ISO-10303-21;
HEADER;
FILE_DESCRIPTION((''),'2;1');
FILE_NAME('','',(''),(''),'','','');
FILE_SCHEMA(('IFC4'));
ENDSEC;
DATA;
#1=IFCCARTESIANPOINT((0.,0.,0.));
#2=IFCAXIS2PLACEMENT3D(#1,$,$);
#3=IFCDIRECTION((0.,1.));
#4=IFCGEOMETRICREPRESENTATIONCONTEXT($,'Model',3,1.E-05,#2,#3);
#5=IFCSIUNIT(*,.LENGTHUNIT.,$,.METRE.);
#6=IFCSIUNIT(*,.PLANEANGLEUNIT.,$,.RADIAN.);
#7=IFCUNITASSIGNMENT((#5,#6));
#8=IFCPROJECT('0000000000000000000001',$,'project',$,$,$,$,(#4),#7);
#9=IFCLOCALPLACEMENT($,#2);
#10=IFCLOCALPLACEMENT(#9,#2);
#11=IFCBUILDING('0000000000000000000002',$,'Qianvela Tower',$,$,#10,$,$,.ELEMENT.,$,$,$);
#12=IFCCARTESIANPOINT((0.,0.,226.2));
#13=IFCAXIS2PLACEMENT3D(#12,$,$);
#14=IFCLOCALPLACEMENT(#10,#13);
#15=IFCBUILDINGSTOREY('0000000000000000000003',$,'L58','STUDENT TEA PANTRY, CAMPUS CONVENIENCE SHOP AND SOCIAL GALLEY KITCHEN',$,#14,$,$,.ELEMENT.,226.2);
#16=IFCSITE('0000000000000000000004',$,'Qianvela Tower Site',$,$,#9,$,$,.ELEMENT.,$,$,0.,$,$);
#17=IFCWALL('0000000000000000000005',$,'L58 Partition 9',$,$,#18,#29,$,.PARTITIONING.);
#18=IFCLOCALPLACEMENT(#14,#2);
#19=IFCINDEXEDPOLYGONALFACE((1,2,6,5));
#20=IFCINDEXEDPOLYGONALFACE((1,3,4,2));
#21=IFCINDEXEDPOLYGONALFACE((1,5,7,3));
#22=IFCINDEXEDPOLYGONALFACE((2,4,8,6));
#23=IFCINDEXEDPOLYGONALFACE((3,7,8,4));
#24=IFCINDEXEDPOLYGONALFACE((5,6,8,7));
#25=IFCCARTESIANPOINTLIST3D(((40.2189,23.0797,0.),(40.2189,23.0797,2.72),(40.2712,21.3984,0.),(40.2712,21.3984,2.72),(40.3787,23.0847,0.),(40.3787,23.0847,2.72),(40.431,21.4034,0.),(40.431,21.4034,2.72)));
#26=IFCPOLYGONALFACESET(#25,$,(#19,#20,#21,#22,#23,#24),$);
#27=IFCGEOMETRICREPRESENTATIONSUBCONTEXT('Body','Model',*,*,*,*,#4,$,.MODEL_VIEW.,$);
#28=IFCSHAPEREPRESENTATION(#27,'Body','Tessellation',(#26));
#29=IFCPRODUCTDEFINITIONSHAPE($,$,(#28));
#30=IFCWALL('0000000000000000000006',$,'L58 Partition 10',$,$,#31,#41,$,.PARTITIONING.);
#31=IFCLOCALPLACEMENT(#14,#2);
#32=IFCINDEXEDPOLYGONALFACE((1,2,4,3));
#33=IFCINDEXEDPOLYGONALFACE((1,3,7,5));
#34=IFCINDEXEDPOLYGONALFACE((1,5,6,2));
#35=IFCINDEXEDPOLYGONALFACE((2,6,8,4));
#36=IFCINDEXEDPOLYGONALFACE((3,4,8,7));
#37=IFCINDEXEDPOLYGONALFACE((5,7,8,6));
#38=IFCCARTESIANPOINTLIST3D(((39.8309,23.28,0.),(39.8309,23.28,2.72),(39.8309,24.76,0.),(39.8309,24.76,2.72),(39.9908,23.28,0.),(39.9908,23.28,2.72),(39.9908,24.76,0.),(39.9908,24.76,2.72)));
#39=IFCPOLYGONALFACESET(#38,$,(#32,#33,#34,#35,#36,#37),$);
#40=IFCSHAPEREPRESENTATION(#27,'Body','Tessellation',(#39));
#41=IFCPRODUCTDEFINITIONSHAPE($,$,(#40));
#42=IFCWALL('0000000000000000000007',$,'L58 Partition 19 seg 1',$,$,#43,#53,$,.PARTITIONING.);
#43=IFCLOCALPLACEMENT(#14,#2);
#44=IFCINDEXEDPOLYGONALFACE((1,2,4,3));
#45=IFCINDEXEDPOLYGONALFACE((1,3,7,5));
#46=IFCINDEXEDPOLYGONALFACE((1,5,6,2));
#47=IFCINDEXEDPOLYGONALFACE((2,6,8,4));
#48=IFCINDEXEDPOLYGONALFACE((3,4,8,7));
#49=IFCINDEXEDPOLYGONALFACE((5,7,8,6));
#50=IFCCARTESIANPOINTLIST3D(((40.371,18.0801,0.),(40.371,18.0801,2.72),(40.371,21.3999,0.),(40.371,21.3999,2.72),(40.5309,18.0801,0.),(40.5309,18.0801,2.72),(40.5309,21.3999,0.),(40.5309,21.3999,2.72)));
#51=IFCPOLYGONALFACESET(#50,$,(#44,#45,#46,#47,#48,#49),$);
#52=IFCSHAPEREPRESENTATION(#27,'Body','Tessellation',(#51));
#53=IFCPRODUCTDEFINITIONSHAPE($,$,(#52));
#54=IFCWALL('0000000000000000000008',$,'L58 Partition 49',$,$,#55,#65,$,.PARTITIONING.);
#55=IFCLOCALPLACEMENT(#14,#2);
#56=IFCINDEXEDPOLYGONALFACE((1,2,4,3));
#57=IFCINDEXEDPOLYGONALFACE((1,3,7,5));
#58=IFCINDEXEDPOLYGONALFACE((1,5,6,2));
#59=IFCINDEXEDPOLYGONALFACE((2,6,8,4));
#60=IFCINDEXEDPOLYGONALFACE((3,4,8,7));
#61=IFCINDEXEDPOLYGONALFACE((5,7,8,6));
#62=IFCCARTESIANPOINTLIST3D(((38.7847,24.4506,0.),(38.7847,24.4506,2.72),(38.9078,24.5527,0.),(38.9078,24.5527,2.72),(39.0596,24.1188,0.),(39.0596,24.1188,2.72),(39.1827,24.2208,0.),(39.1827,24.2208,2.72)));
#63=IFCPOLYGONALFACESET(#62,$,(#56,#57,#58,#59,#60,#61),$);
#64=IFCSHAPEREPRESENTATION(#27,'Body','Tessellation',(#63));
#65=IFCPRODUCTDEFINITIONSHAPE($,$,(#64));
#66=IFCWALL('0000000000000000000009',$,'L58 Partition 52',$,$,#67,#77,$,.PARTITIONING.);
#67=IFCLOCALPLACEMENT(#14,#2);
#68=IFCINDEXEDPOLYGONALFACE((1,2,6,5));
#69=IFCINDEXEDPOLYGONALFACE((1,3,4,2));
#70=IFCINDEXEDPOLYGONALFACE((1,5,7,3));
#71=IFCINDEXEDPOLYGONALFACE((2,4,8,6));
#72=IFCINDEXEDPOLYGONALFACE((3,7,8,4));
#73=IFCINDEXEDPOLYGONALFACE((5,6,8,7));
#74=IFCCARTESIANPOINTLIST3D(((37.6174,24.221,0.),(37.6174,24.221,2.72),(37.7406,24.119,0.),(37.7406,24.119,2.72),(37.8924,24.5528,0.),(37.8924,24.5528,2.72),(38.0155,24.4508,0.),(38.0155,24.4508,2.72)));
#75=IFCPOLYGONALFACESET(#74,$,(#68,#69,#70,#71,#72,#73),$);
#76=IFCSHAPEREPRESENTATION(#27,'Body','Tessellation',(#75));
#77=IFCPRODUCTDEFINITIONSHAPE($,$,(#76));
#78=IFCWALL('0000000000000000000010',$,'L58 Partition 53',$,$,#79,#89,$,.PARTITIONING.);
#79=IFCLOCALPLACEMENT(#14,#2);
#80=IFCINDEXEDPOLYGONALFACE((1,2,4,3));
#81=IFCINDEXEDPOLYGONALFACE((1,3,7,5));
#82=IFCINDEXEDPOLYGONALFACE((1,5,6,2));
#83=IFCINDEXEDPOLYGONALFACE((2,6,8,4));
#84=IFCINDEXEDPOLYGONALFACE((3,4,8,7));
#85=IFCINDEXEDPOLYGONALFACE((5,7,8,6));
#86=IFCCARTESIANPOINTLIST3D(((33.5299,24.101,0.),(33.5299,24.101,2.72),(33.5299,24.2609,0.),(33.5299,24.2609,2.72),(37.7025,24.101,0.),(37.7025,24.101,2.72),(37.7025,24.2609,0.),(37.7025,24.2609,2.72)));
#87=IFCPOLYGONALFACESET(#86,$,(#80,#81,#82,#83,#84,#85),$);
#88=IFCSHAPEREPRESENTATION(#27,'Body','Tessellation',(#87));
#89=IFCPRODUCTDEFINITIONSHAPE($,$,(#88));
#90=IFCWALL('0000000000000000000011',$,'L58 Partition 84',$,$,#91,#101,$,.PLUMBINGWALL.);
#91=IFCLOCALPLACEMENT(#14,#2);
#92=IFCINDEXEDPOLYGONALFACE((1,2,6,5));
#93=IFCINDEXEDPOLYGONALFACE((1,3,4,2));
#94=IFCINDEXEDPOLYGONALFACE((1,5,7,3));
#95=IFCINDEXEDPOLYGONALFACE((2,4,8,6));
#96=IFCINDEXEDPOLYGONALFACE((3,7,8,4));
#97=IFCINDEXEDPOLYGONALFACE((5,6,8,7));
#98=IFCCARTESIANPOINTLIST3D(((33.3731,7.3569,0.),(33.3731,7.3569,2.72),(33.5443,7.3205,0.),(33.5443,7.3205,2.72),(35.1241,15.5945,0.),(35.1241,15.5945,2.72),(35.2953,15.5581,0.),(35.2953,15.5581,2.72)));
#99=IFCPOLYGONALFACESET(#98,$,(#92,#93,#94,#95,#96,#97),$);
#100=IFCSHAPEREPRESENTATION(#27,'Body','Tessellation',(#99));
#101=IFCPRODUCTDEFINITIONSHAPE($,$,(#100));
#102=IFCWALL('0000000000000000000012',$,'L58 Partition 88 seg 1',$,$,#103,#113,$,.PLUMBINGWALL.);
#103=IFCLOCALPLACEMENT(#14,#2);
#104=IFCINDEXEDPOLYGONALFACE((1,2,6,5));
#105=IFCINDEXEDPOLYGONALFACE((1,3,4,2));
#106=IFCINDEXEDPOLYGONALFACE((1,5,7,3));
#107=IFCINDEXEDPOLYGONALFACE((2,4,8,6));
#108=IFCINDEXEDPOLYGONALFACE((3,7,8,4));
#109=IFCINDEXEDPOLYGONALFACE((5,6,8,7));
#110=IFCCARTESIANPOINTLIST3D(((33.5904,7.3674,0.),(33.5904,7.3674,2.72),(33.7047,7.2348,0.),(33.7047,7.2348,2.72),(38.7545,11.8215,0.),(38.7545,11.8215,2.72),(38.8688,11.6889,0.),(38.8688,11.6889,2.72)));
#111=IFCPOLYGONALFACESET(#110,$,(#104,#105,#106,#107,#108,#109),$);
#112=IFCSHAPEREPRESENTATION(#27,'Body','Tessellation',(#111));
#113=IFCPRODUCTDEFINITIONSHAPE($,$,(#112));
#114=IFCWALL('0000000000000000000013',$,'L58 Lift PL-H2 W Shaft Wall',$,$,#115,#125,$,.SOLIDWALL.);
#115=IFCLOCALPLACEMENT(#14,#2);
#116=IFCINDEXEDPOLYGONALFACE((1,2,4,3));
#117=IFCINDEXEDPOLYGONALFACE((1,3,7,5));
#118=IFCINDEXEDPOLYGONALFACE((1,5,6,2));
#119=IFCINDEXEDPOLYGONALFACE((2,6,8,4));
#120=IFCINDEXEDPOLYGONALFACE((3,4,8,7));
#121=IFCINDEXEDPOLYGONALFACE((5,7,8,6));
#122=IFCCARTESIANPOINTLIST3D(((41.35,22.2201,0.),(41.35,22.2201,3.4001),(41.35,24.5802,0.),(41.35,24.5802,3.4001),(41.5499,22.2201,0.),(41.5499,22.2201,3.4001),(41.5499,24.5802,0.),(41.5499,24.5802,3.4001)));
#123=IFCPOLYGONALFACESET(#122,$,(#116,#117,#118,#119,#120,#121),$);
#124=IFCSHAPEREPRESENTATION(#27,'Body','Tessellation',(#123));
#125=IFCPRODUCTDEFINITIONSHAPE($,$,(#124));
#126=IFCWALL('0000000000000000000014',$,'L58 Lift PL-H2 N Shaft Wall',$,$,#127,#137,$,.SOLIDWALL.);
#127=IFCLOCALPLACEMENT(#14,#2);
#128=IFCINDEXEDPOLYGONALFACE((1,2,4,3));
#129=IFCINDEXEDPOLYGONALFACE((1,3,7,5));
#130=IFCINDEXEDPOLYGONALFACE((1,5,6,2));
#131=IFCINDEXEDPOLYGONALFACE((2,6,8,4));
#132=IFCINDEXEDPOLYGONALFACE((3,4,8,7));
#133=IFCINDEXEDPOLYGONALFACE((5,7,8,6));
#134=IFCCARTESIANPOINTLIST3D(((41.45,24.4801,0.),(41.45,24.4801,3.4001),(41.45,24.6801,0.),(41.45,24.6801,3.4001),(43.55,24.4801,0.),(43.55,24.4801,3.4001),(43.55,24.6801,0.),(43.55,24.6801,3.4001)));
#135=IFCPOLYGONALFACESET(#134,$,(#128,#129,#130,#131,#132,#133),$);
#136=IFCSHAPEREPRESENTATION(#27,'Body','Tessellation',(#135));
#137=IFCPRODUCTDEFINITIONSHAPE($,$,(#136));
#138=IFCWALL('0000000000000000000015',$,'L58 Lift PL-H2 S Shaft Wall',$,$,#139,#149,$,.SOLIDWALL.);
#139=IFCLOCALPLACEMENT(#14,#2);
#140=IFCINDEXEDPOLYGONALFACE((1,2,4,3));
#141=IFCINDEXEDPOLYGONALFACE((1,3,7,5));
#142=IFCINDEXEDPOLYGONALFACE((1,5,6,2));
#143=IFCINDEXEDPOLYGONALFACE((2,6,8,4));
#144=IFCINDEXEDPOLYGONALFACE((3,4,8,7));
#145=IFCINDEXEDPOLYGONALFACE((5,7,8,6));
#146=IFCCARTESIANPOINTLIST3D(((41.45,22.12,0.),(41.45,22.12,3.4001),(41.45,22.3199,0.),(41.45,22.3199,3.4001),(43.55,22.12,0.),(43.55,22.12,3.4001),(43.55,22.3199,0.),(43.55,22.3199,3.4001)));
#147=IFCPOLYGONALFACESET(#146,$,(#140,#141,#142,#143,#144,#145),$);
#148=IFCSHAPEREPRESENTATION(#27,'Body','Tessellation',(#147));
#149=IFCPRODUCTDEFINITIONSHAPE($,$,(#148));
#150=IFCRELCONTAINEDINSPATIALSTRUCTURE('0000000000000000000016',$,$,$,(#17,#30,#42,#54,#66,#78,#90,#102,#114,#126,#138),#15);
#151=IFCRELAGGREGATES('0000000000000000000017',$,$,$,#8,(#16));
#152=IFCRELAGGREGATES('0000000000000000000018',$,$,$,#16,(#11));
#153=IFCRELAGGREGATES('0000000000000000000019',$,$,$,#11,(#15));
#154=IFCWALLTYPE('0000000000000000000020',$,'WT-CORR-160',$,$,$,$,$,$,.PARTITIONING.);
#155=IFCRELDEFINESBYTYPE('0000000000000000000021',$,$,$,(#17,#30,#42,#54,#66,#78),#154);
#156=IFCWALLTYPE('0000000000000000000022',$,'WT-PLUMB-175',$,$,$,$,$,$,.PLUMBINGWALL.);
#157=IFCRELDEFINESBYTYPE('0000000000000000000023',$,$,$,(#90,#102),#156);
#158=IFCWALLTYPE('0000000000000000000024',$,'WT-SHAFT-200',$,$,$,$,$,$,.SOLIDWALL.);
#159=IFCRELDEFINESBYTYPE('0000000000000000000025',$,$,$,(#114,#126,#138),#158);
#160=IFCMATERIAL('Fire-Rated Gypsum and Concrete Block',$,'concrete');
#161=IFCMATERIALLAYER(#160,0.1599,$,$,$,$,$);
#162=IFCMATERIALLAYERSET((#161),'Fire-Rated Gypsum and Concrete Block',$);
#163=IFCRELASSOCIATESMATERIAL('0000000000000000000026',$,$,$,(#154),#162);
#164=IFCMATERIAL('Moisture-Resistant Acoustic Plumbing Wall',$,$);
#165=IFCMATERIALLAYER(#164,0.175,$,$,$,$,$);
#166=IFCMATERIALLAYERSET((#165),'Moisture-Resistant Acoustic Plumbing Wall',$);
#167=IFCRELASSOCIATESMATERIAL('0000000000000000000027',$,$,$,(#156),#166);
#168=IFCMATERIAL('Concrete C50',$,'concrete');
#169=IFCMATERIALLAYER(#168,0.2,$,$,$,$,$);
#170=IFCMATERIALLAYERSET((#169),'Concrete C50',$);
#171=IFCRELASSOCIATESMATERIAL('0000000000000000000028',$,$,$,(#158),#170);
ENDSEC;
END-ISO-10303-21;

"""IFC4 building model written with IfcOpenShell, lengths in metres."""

from ifc_helpers import new_model, si_unit, direction, frame, frame_2d, origin, place, context, subcontext, project, spatial, rectangle, extrude, material, layer, layer_set, type_object, element, save


model = new_model("IFC4")

# Units and contexts
model_context = context("Model", 3, precision=1e-05, world=origin(), true_north=direction((0.0, 1.0)))
body_context = subcontext(model_context, "Body", "Model", "MODEL_VIEW")
ifc_project = project(units=[si_unit("LENGTHUNIT", "METRE"), si_unit("PLANEANGLEUNIT", "RADIAN")], contexts=[model_context])

# Site, building, storey
site_placement = place(None, origin())
site = spatial("IfcSite", under=ifc_project, at=site_placement, Name="Qianvela Tower Site", CompositionType="ELEMENT", RefElevation=0.0)
building_placement = place(site_placement, origin())
building = spatial("IfcBuilding", under=site, at=building_placement, Name="Qianvela Tower", CompositionType="ELEMENT")
storey_placement = place(building_placement, frame((0.0, 0.0, 226.2)))
storey = spatial("IfcBuildingStorey", under=building, at=storey_placement, Name="L58", Description="STUDENT TEA PANTRY, CAMPUS CONVENIENCE SHOP AND SOCIAL GALLEY KITCHEN", CompositionType="ELEMENT", Elevation=226.2)

# Walls
ifc_material_1 = material(Name="Fire-Rated Gypsum and Concrete Block", Category="concrete")
ifc_layer_1 = layer(ifc_material_1, 0.1599)
ifc_layer_set_1 = layer_set([ifc_layer_1], Name="Fire-Rated Gypsum and Concrete Block")
wall_type_1 = type_object("IfcWallType", Name="WT-CORR-160", PredefinedType="PARTITIONING", material=ifc_layer_set_1)
wall_1_placement = place(storey_placement, frame((40.3511, 21.4009, 0.0), z_axis=(0.0, 0.0, 1.0), x_axis=(-0.031058, 0.999518, 0.0)))
element("IfcWall", 1, at=wall_1_placement, inside=storey, type_object=wall_type_1, Name="L58 Partition 9", PredefinedType="PARTITIONING", context=body_context, shape_type="SweptSolid", body=[
    extrude(rectangle(XDim=1.6821, YDim=0.1599, at=frame_2d((0.8411, 0.0))), origin(), (0.0, 0.0, 1.0), 2.72),
])
wall_2_placement = place(storey_placement, frame((39.9109, 23.28, 0.0), z_axis=(0.0, 0.0, 1.0), x_axis=(0.0, 1.0, 0.0)))
element("IfcWall", 2, at=wall_2_placement, inside=storey, type_object=wall_type_1, Name="L58 Partition 10", PredefinedType="PARTITIONING", context=body_context, shape_type="SweptSolid", body=[
    extrude(rectangle(XDim=1.48, YDim=0.1599, at=frame_2d((0.74, 0.0))), origin(), (0.0, 0.0, 1.0), 2.72),
])
wall_3_placement = place(storey_placement, frame((40.4509, 18.0801, 0.0), z_axis=(0.0, 0.0, 1.0), x_axis=(0.0, 1.0, 0.0)))
element("IfcWall", 3, at=wall_3_placement, inside=storey, type_object=wall_type_1, Name="L58 Partition 19 seg 1", PredefinedType="PARTITIONING", context=body_context, shape_type="SweptSolid", body=[
    extrude(rectangle(XDim=3.3198, YDim=0.1599, at=frame_2d((1.6599, 0.0))), origin(), (0.0, 0.0, 1.0), 2.72),
])
for number, where, z_axis, x_axis, name in (
    (4, (39.1211, 24.1699, 0.0), (0.0, 0.0, 1.0), (-0.638008, 0.77003, 0.0), "L58 Partition 49"),
    (5, (37.9539, 24.5017, 0.0), (0.0, 0.0, 1.0), (-0.638008, -0.77003, 0.0), "L58 Partition 52"),
):
    element("IfcWall", number, at=place(storey_placement, frame(where, z_axis=z_axis, x_axis=x_axis)), inside=storey, type_object=wall_type_1, Name=name, PredefinedType="PARTITIONING", context=body_context, shape_type="SweptSolid", body=[
        extrude(rectangle(XDim=0.4309, YDim=0.1599, at=frame_2d((0.2153, 0.0))), origin(), (0.0, 0.0, 1.0), 2.72),
    ])
wall_4_placement = place(storey_placement, frame((37.7026, 24.1809, 0.0), z_axis=(0.0, 0.0, 1.0), x_axis=(-1.0, 0.0, 0.0)))
element("IfcWall", 6, at=wall_4_placement, inside=storey, type_object=wall_type_1, Name="L58 Partition 53", PredefinedType="PARTITIONING", context=body_context, shape_type="SweptSolid", body=[
    extrude(rectangle(XDim=4.1726, YDim=0.1599, at=frame_2d((2.0864, 0.0))), origin(), (0.0, 0.0, 1.0), 2.72),
])
ifc_material_2 = material(Name="Moisture-Resistant Acoustic Plumbing Wall")
ifc_layer_2 = layer(ifc_material_2, 0.175)
ifc_layer_set_2 = layer_set([ifc_layer_2], Name="Moisture-Resistant Acoustic Plumbing Wall")
wall_type_2 = type_object("IfcWallType", Name="WT-PLUMB-175", PredefinedType="PLUMBINGWALL", material=ifc_layer_set_2)
wall_5_placement = place(storey_placement, frame((35.2097, 15.5764, 0.0), z_axis=(0.0, 0.0, 1.0), x_axis=(-0.207915, -0.978147, 0.0)))
element("IfcWall", 7, at=wall_5_placement, inside=storey, type_object=wall_type_2, Name="L58 Partition 84", PredefinedType="PLUMBINGWALL", context=body_context, shape_type="SweptSolid", body=[
    extrude(rectangle(XDim=8.4216, YDim=0.175, at=frame_2d((4.2109, 0.0))), origin(), (0.0, 0.0, 1.0), 2.72),
])
wall_6_placement = place(storey_placement, frame((38.8115, 11.7551, 0.0), z_axis=(0.0, 0.0, 1.0), x_axis=(-0.757241, -0.653135, 0.0)))
element("IfcWall", 8, at=wall_6_placement, inside=storey, type_object=wall_type_2, Name="L58 Partition 88 seg 1", PredefinedType="PLUMBINGWALL", context=body_context, shape_type="SweptSolid", body=[
    extrude(rectangle(XDim=6.8196, YDim=0.175, at=frame_2d((3.4097, 0.0))), origin(), (0.0, 0.0, 1.0), 2.72),
])
ifc_material_3 = material(Name="Concrete C50", Category="concrete")
ifc_layer_3 = layer(ifc_material_3, 0.2)
ifc_layer_set_3 = layer_set([ifc_layer_3], Name="Concrete C50")
wall_type_3 = type_object("IfcWallType", Name="WT-SHAFT-200", PredefinedType="SOLIDWALL", material=ifc_layer_set_3)
wall_7_placement = place(storey_placement, frame((41.45, 22.22, 0.0), z_axis=(0.0, 0.0, 1.0), x_axis=(0.0, 1.0, 0.0)))
element("IfcWall", 9, at=wall_7_placement, inside=storey, type_object=wall_type_3, Name="L58 Lift PL-H2 W Shaft Wall", PredefinedType="SOLIDWALL", context=body_context, shape_type="SweptSolid", body=[
    extrude(rectangle(XDim=2.3601, YDim=0.2, at=frame_2d((1.1802, 0.0))), origin(), (0.0, 0.0, 1.0), 3.4001),
])
for number, where, z_axis, x_axis, name in (
    (10, (41.45, 24.5801, 0.0), (0.0, 0.0, 1.0), (1.0, 0.0, 0.0), "L58 Lift PL-H2 N Shaft Wall"),
    (11, (41.45, 22.22, 0.0), (0.0, 0.0, 1.0), (1.0, 0.0, 0.0), "L58 Lift PL-H2 S Shaft Wall"),
):
    element("IfcWall", number, at=place(storey_placement, frame(where, z_axis=z_axis, x_axis=x_axis)), inside=storey, type_object=wall_type_3, Name=name, PredefinedType="SOLIDWALL", context=body_context, shape_type="SweptSolid", body=[
        extrude(rectangle(XDim=2.1001, YDim=0.2, at=frame_2d((1.05, 0.0))), origin(), (0.0, 0.0, 1.0), 3.4001),
    ])

save(model, "model.ifc")
